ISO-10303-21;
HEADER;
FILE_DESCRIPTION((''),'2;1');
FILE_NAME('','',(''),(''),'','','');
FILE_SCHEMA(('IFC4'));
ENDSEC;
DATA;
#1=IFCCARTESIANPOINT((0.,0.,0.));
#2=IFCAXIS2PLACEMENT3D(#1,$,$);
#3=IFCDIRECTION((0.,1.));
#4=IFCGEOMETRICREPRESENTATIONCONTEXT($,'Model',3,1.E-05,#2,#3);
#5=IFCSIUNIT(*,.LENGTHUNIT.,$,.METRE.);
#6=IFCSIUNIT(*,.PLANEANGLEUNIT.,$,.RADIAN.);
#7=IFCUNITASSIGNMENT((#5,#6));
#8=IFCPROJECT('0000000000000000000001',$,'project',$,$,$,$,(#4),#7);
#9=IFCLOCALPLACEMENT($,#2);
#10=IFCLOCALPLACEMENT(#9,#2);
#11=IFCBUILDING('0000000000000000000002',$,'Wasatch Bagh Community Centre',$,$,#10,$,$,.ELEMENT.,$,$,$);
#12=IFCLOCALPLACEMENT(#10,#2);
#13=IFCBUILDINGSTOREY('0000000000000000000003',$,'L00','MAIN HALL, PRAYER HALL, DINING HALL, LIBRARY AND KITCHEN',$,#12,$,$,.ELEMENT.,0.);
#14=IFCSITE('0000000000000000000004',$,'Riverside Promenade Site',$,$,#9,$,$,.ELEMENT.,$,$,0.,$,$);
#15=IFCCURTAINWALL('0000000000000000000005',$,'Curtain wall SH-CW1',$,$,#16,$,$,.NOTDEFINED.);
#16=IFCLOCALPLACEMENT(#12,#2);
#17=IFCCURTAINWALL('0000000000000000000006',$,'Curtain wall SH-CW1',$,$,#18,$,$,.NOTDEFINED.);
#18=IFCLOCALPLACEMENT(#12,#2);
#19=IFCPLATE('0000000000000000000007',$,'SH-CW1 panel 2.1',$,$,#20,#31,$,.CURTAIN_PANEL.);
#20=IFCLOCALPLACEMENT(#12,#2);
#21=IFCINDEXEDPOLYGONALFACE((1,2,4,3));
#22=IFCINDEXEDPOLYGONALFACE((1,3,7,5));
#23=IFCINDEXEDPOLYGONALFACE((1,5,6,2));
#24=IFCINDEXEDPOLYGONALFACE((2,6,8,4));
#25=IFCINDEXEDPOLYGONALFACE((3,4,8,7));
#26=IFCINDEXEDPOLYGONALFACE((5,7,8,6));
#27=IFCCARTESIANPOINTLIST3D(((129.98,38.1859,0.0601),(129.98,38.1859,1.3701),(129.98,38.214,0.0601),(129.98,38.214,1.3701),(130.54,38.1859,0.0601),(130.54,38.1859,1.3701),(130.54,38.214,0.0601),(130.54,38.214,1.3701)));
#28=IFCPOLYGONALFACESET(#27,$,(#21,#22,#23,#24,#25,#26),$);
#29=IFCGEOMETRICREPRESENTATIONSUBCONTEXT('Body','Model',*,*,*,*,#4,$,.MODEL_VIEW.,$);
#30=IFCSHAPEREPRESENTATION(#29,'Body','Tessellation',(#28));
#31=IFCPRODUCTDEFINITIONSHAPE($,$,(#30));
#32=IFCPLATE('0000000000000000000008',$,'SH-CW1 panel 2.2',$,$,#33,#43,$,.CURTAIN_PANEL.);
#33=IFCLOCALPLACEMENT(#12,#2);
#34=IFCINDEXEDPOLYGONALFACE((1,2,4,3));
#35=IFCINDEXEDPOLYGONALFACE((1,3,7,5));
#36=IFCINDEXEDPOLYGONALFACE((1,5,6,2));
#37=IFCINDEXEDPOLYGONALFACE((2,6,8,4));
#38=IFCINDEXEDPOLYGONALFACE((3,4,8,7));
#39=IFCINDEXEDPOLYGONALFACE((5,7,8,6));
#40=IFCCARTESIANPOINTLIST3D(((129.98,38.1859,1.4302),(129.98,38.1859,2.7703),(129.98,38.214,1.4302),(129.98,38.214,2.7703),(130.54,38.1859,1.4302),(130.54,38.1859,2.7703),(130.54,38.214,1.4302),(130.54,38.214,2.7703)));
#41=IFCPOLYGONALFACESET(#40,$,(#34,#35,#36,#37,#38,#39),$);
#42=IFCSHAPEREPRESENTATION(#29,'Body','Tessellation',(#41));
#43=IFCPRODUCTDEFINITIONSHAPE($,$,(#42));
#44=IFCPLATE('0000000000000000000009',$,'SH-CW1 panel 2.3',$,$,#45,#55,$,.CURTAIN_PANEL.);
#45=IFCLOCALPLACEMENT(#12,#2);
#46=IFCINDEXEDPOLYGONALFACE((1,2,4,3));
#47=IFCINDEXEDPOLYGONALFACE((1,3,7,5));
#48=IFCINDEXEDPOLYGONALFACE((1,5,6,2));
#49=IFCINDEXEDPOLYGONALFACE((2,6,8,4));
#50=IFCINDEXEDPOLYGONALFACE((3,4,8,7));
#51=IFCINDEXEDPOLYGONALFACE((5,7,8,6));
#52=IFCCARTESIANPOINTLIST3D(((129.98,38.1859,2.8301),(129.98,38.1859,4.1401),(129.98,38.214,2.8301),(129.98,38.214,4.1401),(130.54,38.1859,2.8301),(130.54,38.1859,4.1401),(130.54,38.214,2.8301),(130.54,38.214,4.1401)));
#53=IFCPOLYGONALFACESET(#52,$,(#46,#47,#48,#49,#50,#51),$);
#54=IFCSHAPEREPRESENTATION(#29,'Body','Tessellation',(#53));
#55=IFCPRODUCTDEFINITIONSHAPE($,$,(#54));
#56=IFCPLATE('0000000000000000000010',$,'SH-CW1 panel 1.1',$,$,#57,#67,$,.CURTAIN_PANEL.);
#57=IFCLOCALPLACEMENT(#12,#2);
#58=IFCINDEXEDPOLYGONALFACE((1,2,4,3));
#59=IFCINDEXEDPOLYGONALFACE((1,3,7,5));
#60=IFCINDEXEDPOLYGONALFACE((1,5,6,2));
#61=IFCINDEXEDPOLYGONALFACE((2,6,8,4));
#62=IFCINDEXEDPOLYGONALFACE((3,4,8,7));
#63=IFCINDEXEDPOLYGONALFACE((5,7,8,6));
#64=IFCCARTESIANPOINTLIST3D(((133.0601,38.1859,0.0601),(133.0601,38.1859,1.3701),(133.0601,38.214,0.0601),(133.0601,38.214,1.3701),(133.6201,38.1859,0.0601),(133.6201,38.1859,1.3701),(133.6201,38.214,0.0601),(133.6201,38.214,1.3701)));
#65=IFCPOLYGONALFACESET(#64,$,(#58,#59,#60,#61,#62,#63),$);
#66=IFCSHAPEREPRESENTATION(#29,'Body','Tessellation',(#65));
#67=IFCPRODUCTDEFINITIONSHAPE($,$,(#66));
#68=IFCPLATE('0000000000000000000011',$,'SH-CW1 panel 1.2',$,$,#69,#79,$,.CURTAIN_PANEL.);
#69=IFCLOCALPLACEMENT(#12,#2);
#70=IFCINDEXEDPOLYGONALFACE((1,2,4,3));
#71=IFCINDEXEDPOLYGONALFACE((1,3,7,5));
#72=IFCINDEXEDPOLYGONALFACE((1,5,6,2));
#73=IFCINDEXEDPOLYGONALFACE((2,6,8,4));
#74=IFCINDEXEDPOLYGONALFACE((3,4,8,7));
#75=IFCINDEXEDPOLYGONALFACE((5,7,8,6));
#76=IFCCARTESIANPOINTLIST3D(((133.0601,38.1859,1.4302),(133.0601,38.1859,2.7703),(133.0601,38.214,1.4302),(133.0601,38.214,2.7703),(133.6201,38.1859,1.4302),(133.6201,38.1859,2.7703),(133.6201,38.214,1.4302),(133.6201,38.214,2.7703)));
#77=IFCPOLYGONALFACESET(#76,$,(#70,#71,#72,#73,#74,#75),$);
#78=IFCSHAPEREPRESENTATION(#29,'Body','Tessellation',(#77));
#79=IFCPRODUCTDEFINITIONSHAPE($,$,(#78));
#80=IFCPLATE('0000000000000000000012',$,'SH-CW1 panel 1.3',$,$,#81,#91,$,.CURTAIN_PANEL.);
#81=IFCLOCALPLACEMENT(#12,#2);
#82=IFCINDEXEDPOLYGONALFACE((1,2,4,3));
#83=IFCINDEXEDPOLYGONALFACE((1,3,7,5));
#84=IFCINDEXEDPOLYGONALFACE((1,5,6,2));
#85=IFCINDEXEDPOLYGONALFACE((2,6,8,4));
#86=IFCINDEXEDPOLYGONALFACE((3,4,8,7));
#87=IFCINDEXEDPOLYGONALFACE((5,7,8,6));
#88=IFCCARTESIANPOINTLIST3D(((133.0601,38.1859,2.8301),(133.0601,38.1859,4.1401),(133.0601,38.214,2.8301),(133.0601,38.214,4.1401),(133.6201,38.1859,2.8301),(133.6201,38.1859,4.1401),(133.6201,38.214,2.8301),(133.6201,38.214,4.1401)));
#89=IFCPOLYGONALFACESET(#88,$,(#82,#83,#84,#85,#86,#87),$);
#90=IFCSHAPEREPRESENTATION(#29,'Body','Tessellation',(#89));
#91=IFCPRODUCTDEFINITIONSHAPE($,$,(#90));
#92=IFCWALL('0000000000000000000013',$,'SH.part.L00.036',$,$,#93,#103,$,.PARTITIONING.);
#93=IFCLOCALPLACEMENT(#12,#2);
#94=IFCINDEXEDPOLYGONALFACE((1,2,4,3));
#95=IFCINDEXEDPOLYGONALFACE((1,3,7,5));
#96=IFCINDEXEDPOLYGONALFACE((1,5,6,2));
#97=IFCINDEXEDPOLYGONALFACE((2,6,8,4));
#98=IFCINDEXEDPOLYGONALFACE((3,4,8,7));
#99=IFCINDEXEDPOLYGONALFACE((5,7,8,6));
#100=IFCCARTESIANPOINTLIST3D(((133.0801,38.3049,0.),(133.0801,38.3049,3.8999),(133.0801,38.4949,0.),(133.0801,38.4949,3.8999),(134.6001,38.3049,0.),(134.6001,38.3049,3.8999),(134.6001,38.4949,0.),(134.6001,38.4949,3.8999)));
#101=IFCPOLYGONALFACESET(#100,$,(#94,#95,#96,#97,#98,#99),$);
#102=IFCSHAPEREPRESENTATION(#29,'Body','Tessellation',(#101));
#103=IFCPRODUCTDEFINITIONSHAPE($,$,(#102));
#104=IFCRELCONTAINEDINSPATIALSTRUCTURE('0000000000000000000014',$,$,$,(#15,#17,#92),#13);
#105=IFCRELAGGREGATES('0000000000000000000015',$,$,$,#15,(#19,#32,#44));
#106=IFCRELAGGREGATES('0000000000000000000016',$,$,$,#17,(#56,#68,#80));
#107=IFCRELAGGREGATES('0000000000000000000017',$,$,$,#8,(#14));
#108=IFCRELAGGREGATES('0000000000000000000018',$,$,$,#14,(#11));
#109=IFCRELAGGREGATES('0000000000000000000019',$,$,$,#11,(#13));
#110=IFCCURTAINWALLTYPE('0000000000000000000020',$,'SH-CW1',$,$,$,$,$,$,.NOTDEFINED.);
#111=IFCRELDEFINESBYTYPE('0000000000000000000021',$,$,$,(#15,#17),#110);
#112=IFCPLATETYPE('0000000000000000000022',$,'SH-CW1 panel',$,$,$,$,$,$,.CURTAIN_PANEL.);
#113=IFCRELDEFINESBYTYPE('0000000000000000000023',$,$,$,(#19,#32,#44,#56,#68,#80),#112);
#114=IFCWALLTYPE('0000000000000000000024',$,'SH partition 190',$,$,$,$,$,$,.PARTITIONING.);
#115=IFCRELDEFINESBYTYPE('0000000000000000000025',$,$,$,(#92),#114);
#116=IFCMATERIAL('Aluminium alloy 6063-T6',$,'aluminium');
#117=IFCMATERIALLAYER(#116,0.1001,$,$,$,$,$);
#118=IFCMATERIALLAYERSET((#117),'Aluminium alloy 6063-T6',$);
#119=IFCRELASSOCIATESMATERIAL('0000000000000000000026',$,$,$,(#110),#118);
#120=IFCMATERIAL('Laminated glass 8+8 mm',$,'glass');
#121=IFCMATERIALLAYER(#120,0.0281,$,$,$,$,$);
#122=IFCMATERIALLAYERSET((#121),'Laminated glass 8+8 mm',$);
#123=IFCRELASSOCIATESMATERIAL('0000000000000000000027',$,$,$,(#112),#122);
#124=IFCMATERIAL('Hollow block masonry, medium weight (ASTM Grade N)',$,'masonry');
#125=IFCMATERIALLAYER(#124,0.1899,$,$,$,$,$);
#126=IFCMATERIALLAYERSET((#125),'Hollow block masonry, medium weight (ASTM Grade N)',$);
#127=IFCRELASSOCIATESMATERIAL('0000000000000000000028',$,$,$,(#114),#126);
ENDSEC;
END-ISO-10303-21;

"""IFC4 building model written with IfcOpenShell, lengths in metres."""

from ifc_helpers import new_model, si_unit, direction, frame, frame_2d, origin, origin_2d, place, context, subcontext, project, spatial, rectangle, extrude, material, layer, layer_set, type_object, element, aggregate, save


model = new_model("IFC4")

# Units and contexts
model_context = context("Model", 3, precision=1e-05, world=origin(), true_north=direction((0.0, 1.0)))
body_context = subcontext(model_context, "Body", "Model", "MODEL_VIEW")
ifc_project = project(units=[si_unit("LENGTHUNIT", "METRE"), si_unit("PLANEANGLEUNIT", "RADIAN")], contexts=[model_context])

# Site, building, storey
site_placement = place(None, origin())
site = spatial("IfcSite", under=ifc_project, at=site_placement, Name="Riverside Promenade Site", CompositionType="ELEMENT", RefElevation=0.0)
building_placement = place(site_placement, origin())
building = spatial("IfcBuilding", under=site, at=building_placement, Name="Wasatch Bagh Community Centre", CompositionType="ELEMENT")
storey_placement = place(building_placement, origin())
storey = spatial("IfcBuildingStorey", under=building, at=storey_placement, Name="L00", Description="MAIN HALL, PRAYER HALL, DINING HALL, LIBRARY AND KITCHEN", CompositionType="ELEMENT", Elevation=0.0)

# Curtain wall
ifc_material_1 = material(Name="Aluminium alloy 6063-T6", Category="aluminium")
ifc_layer_1 = layer(ifc_material_1, 0.1001)
ifc_layer_set_1 = layer_set([ifc_layer_1], Name="Aluminium alloy 6063-T6")
curtain_wall_type = type_object("IfcCurtainWallType", Name="SH-CW1", PredefinedType="NOTDEFINED", material=ifc_layer_set_1)
curtain_wall_1_placement = place(storey_placement, origin())
curtain_wall_1 = element("IfcCurtainWall", 1, at=curtain_wall_1_placement, inside=storey, type_object=curtain_wall_type, Name="Curtain wall SH-CW1", PredefinedType="NOTDEFINED")

# Curtain wall
curtain_wall_2_placement = place(storey_placement, origin())
curtain_wall_2 = element("IfcCurtainWall", 2, at=curtain_wall_2_placement, inside=storey, type_object=curtain_wall_type, Name="Curtain wall SH-CW1", PredefinedType="NOTDEFINED")

# Plates
ifc_material_2 = material(Name="Laminated glass 8+8 mm", Category="glass")
ifc_layer_2 = layer(ifc_material_2, 0.0281)
ifc_layer_set_2 = layer_set([ifc_layer_2], Name="Laminated glass 8+8 mm")
plate_type = type_object("IfcPlateType", Name="SH-CW1 panel", PredefinedType="CURTAIN_PANEL", material=ifc_layer_set_2)
plate_1_placement = place(storey_placement, frame((130.26, 38.2, 0.0601), z_axis=(0.0, 0.0, 1.0), x_axis=(1.0, 0.0, 0.0)))
plate_1 = element("IfcPlate", 3, at=plate_1_placement, type_object=plate_type, Name="SH-CW1 panel 2.1", PredefinedType="CURTAIN_PANEL", context=body_context, shape_type="SweptSolid", body=[
    extrude(rectangle(XDim=0.5601, YDim=0.0281, at=origin_2d()), origin(), (0.0, 0.0, 1.0), 1.3101),
])
plate_2_placement = place(storey_placement, frame((130.26, 38.2, 1.4302), z_axis=(0.0, 0.0, 1.0), x_axis=(1.0, 0.0, 0.0)))
plate_2 = element("IfcPlate", 4, at=plate_2_placement, type_object=plate_type, Name="SH-CW1 panel 2.2", PredefinedType="CURTAIN_PANEL", context=body_context, shape_type="SweptSolid", body=[
    extrude(rectangle(XDim=0.5601, YDim=0.0281, at=origin_2d()), origin(), (0.0, 0.0, 1.0), 1.3401),
])
plate_3_placement = place(storey_placement, frame((130.26, 38.2, 2.8301), z_axis=(0.0, 0.0, 1.0), x_axis=(1.0, 0.0, 0.0)))
plate_3 = element("IfcPlate", 5, at=plate_3_placement, type_object=plate_type, Name="SH-CW1 panel 2.3", PredefinedType="CURTAIN_PANEL", context=body_context, shape_type="SweptSolid", body=[
    extrude(rectangle(XDim=0.5601, YDim=0.0281, at=origin_2d()), origin(), (0.0, 0.0, 1.0), 1.3101),
])
aggregate(curtain_wall_1, [plate_1, plate_2, plate_3])
plate_4_placement = place(storey_placement, frame((133.3401, 38.2, 0.0601), z_axis=(0.0, 0.0, 1.0), x_axis=(1.0, 0.0, 0.0)))
plate_4 = element("IfcPlate", 6, at=plate_4_placement, type_object=plate_type, Name="SH-CW1 panel 1.1", PredefinedType="CURTAIN_PANEL", context=body_context, shape_type="SweptSolid", body=[
    extrude(rectangle(XDim=0.5601, YDim=0.0281, at=origin_2d()), origin(), (0.0, 0.0, 1.0), 1.3101),
])
plate_5_placement = place(storey_placement, frame((133.3401, 38.2, 1.4302), z_axis=(0.0, 0.0, 1.0), x_axis=(1.0, 0.0, 0.0)))
plate_5 = element("IfcPlate", 7, at=plate_5_placement, type_object=plate_type, Name="SH-CW1 panel 1.2", PredefinedType="CURTAIN_PANEL", context=body_context, shape_type="SweptSolid", body=[
    extrude(rectangle(XDim=0.5601, YDim=0.0281, at=origin_2d()), origin(), (0.0, 0.0, 1.0), 1.3401),
])
plate_6_placement = place(storey_placement, frame((133.3401, 38.2, 2.8301), z_axis=(0.0, 0.0, 1.0), x_axis=(1.0, 0.0, 0.0)))
plate_6 = element("IfcPlate", 8, at=plate_6_placement, type_object=plate_type, Name="SH-CW1 panel 1.3", PredefinedType="CURTAIN_PANEL", context=body_context, shape_type="SweptSolid", body=[
    extrude(rectangle(XDim=0.5601, YDim=0.0281, at=origin_2d()), origin(), (0.0, 0.0, 1.0), 1.3101),
])
aggregate(curtain_wall_2, [plate_4, plate_5, plate_6])

# Wall
ifc_material_3 = material(Name="Hollow block masonry, medium weight (ASTM Grade N)", Category="masonry")
ifc_layer_3 = layer(ifc_material_3, 0.1899)
ifc_layer_set_3 = layer_set([ifc_layer_3], Name="Hollow block masonry, medium weight (ASTM Grade N)")
wall_type_1 = type_object("IfcWallType", Name="SH partition 190", PredefinedType="PARTITIONING", material=ifc_layer_set_3)
wall_1_placement = place(storey_placement, frame((133.0801, 38.3999, 0.0), z_axis=(0.0, 0.0, 1.0), x_axis=(1.0, 0.0, 0.0)))
element("IfcWall", 9, at=wall_1_placement, inside=storey, type_object=wall_type_1, Name="SH.part.L00.036", PredefinedType="PARTITIONING", context=body_context, shape_type="SweptSolid", body=[
    extrude(rectangle(XDim=1.52, YDim=0.1899, at=frame_2d((0.76, 0.0))), origin(), (0.0, 0.0, 1.0), 3.8999),
])

save(model, "model.ifc")
